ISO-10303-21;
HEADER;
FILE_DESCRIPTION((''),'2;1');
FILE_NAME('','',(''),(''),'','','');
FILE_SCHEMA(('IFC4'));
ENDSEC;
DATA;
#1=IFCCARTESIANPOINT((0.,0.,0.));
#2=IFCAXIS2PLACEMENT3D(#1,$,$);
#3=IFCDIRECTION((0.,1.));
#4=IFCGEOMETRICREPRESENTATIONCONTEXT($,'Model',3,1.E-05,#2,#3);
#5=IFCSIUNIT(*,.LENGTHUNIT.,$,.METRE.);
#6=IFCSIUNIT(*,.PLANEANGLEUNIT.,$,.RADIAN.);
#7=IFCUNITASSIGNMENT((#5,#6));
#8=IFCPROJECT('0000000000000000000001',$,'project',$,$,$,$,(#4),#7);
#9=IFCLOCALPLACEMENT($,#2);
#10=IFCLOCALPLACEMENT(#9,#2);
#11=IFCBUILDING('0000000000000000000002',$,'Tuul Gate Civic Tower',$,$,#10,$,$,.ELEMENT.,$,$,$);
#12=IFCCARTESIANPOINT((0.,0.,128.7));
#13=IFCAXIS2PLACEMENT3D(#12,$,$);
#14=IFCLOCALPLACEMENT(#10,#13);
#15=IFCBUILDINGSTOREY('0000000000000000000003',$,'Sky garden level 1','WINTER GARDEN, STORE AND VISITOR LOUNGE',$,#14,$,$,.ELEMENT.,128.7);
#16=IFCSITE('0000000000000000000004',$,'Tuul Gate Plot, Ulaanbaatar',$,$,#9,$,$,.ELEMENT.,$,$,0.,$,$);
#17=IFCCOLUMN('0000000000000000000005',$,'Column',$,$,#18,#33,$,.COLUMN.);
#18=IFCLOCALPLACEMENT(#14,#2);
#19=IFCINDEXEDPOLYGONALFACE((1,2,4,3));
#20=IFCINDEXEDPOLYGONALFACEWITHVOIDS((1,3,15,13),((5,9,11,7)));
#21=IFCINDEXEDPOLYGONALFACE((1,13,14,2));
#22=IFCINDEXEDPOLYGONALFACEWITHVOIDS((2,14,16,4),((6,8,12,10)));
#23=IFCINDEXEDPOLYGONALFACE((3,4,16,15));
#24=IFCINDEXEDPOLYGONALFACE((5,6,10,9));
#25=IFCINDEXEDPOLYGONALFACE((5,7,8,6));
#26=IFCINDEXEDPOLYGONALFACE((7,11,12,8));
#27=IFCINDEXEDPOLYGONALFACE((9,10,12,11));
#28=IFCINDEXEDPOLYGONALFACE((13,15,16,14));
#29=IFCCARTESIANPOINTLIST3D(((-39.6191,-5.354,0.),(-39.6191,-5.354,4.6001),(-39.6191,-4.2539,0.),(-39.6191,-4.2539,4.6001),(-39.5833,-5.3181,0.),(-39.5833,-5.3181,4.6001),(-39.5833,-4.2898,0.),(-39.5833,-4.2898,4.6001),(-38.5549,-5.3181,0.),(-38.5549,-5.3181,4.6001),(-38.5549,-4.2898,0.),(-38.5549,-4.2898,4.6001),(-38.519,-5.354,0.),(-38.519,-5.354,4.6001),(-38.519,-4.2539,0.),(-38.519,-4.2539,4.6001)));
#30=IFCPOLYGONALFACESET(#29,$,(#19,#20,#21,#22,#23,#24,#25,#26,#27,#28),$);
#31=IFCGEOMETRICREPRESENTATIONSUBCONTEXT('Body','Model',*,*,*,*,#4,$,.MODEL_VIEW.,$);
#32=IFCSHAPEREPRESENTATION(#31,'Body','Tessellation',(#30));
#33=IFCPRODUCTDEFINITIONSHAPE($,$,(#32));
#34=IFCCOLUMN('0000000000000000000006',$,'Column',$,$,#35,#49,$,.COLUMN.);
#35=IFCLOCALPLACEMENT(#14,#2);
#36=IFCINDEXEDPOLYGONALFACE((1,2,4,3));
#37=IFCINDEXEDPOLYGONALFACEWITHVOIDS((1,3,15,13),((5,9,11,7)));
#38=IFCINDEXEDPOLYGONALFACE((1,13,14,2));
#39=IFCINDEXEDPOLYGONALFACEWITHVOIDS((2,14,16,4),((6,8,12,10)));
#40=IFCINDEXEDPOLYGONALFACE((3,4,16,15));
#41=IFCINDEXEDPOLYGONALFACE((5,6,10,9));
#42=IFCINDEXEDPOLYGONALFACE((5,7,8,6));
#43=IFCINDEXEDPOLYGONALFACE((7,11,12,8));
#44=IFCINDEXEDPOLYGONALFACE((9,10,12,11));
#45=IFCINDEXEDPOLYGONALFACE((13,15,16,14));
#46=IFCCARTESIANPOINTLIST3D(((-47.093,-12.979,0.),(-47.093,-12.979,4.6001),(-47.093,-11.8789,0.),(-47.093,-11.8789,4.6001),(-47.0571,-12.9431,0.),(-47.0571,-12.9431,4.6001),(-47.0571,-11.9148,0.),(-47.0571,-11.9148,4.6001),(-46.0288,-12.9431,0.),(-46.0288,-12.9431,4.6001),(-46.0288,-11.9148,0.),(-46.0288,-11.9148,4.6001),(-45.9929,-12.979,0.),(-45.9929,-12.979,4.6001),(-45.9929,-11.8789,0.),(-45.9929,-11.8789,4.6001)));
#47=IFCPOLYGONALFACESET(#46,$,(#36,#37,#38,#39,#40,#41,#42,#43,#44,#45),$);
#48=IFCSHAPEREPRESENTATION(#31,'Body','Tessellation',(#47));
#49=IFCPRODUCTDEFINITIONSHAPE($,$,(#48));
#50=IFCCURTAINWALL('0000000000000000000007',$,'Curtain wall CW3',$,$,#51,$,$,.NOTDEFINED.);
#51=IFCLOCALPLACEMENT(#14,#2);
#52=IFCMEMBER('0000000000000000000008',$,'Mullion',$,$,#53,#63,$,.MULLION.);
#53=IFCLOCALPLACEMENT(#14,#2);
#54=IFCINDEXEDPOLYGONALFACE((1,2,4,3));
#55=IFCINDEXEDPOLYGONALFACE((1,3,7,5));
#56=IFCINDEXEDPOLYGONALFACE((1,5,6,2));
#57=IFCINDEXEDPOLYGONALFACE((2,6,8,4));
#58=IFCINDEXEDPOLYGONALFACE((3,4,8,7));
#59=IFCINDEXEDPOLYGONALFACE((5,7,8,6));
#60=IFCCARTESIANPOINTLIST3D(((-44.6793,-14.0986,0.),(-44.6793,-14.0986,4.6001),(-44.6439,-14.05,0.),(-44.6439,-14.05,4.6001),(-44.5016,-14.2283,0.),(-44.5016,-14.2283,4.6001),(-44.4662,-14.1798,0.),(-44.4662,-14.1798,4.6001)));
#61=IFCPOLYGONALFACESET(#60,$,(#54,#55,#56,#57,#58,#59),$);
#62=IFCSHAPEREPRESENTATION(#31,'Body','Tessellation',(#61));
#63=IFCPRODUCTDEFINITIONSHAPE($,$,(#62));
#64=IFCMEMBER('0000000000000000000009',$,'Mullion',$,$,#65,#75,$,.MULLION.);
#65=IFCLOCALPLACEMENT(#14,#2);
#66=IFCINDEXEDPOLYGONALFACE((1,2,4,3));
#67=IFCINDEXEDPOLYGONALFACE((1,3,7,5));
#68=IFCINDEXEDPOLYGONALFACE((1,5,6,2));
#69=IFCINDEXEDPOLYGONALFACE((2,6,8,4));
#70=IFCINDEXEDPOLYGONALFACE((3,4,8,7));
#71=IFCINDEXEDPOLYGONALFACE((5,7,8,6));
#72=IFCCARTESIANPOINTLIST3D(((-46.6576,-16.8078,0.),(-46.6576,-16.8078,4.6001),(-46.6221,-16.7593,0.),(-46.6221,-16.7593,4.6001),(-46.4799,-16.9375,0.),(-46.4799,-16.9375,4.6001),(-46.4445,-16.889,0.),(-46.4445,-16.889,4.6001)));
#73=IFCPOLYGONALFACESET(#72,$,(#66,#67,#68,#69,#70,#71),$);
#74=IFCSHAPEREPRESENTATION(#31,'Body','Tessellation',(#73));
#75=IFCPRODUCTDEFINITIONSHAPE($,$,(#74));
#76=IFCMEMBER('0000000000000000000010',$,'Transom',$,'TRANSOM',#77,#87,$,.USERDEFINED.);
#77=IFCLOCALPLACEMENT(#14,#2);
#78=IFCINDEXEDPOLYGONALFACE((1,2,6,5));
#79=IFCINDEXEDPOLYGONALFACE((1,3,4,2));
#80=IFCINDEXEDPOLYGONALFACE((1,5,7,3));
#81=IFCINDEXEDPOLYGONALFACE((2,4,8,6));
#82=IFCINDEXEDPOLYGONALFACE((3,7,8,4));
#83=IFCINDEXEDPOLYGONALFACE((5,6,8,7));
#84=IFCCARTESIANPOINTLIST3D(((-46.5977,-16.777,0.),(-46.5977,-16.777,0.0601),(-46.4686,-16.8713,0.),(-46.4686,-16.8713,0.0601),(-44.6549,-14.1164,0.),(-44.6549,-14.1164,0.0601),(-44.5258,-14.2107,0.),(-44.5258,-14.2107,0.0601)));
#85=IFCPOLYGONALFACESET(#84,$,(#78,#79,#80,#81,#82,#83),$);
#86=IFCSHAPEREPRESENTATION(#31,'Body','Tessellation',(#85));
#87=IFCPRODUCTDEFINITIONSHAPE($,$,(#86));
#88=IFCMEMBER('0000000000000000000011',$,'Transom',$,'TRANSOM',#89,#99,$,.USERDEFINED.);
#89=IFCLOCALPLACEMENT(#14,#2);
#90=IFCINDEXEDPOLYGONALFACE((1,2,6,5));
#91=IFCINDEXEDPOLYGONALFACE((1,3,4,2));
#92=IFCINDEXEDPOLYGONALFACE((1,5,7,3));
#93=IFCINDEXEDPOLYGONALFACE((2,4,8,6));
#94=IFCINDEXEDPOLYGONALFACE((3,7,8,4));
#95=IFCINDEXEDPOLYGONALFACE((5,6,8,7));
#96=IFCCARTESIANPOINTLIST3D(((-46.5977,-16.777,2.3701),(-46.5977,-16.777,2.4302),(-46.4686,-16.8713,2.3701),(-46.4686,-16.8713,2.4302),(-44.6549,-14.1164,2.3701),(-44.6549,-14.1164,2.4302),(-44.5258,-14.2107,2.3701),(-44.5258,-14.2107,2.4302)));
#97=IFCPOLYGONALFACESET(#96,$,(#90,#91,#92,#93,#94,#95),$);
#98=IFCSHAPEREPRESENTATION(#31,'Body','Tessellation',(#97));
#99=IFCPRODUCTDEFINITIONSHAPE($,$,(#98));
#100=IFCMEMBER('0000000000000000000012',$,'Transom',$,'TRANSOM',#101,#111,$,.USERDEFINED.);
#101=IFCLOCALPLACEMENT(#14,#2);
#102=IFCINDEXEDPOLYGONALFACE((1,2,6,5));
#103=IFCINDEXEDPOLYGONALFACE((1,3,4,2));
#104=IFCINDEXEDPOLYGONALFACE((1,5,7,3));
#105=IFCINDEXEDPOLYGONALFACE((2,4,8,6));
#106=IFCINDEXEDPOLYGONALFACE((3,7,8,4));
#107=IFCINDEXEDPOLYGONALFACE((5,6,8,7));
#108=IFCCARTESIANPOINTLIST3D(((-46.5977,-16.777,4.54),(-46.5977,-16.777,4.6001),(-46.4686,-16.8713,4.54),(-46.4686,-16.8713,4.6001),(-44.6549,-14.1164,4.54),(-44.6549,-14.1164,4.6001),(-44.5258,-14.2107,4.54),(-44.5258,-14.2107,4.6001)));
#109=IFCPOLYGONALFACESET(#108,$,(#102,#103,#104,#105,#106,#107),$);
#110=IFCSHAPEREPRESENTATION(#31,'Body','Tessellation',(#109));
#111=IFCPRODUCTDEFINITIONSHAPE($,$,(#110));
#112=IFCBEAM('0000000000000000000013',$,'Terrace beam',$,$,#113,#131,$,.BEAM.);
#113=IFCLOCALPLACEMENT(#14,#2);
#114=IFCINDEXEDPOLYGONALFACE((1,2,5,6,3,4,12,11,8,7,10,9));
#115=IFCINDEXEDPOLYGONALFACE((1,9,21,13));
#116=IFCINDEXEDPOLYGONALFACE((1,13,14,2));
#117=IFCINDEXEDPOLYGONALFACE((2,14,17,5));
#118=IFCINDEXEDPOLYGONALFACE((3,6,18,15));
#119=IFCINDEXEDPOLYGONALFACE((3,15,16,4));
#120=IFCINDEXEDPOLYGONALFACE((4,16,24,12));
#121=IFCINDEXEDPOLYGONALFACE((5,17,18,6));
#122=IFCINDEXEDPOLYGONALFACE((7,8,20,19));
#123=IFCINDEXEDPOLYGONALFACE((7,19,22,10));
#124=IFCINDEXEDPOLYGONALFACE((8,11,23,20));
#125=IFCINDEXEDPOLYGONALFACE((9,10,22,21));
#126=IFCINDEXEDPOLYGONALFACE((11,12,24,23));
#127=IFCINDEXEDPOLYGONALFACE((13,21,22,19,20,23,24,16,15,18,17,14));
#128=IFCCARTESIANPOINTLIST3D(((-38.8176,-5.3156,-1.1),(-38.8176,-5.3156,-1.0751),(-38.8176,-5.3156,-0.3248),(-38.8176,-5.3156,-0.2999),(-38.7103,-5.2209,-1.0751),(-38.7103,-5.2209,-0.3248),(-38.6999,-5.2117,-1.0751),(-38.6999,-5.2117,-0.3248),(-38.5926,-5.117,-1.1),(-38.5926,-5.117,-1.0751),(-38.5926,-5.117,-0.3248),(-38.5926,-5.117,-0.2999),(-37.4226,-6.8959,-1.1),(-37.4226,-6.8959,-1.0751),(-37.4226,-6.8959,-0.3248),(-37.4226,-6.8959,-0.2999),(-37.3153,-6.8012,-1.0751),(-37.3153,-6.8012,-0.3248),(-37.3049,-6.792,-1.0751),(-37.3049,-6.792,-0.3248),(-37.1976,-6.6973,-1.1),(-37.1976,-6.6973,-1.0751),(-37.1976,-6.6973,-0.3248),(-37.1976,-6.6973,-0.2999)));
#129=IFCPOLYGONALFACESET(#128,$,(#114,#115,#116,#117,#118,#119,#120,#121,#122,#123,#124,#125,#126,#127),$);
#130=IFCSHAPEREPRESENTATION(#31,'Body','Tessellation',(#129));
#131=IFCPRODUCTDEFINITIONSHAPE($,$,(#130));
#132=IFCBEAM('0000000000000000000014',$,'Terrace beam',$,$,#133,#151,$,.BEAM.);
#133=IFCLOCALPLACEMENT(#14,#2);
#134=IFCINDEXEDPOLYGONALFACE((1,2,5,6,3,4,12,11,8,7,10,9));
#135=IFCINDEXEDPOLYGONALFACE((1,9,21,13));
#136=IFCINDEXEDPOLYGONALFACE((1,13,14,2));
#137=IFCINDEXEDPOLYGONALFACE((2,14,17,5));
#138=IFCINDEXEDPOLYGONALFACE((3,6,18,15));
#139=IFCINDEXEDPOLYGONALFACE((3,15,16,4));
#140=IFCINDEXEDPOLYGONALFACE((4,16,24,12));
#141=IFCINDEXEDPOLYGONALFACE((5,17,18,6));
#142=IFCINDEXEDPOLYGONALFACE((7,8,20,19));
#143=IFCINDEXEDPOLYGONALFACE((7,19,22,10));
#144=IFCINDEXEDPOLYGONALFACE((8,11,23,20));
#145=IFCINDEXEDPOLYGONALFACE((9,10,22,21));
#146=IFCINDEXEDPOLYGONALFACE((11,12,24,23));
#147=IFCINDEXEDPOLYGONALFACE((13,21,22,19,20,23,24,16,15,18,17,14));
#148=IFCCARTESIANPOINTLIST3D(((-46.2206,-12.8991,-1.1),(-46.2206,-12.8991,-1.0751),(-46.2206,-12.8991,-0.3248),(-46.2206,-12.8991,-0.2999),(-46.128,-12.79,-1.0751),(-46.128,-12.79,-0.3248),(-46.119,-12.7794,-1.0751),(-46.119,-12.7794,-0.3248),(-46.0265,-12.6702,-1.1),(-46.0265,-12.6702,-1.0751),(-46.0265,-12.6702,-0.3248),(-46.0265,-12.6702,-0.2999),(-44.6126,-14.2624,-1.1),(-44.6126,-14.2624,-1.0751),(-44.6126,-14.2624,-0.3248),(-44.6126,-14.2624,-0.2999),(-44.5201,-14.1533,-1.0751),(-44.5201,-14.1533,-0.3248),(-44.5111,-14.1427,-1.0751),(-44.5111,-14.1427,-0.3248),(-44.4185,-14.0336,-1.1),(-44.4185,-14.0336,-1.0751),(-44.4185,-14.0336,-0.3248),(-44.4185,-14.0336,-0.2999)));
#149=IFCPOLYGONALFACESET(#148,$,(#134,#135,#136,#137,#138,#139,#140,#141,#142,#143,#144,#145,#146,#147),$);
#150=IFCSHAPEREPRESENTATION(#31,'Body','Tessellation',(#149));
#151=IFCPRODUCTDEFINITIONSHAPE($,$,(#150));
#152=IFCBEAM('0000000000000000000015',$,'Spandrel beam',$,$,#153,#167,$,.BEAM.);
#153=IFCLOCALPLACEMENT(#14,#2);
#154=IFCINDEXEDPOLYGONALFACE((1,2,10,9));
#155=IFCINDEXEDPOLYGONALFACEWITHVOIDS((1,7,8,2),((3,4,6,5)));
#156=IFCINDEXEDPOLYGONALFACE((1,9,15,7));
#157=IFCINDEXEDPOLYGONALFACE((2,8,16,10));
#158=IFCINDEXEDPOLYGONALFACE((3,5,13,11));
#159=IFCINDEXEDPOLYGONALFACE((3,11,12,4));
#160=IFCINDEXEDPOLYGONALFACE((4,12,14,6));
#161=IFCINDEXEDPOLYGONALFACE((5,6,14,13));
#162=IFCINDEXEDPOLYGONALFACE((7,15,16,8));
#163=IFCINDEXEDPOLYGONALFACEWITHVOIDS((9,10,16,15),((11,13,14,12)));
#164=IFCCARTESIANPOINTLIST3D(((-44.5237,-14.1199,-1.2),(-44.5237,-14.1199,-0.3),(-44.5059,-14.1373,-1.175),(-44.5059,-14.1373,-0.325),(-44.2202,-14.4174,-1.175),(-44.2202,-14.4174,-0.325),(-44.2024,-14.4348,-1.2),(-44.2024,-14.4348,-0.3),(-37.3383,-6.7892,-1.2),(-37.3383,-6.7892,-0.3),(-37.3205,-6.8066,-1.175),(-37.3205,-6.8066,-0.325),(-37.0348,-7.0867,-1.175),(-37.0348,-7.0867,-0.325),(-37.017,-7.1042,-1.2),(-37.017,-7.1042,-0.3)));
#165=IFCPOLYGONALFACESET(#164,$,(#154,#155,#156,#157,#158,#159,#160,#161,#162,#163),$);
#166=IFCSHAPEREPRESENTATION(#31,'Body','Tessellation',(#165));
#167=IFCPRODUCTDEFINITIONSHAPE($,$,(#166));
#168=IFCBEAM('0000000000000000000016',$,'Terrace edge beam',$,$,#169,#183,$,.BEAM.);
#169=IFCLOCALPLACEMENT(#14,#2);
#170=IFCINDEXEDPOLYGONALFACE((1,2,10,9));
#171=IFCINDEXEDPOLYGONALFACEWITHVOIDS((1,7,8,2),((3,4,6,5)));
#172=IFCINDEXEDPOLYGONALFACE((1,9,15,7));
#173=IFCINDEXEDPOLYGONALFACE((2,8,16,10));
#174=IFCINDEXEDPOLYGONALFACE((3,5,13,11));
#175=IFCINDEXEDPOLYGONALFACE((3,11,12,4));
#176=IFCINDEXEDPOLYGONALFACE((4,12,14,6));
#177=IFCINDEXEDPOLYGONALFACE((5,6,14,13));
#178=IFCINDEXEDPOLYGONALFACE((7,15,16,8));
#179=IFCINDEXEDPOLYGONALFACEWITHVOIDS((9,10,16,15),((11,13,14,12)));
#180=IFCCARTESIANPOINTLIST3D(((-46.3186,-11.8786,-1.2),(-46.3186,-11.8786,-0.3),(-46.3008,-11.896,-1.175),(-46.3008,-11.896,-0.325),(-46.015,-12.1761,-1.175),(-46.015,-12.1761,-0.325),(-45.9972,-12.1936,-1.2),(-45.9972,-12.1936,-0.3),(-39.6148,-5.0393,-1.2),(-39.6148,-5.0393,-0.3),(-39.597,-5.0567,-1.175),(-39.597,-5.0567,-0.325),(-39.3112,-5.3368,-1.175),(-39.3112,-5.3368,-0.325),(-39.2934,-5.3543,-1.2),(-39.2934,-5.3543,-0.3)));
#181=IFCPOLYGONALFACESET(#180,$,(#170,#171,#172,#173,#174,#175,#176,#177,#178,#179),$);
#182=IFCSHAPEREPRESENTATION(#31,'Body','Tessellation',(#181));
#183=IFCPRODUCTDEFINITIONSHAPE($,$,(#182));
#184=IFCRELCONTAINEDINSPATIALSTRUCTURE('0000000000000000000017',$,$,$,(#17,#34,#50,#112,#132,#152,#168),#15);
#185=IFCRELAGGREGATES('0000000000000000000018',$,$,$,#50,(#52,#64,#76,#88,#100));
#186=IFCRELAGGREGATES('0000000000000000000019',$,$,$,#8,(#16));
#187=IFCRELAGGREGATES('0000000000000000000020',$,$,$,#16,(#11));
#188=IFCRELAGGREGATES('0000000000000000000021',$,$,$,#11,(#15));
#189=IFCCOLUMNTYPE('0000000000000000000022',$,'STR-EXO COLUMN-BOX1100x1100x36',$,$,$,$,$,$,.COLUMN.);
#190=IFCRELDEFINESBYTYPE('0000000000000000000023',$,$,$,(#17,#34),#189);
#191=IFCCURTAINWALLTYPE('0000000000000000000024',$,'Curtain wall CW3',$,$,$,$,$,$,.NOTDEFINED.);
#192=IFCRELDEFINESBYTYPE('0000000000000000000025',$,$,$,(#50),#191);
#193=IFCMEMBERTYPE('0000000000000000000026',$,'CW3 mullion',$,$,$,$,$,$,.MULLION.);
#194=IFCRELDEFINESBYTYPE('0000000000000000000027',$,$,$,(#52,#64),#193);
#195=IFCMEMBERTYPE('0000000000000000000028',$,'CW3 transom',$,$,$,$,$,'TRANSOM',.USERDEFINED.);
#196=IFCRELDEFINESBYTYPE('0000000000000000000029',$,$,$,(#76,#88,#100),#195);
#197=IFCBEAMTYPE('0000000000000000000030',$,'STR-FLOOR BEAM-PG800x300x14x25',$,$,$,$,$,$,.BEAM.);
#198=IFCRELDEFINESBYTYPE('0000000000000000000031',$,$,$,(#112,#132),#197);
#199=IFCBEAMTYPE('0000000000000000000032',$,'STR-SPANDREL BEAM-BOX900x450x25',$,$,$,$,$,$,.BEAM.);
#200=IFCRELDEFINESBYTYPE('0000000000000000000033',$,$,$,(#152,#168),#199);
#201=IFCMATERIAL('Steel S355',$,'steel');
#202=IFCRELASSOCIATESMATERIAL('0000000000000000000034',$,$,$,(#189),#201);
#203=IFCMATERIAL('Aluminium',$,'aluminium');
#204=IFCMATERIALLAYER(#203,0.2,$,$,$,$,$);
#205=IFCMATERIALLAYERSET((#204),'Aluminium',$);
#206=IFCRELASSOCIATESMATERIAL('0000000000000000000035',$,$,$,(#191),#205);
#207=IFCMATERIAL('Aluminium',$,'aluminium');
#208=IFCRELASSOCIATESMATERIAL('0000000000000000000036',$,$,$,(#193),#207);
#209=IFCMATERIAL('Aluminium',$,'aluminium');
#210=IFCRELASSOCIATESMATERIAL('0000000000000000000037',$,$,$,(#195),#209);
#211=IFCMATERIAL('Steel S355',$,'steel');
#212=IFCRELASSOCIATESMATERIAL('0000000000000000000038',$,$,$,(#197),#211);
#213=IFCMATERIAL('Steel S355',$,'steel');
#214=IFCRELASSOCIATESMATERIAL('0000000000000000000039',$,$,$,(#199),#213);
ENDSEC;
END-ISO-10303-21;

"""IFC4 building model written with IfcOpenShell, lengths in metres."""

from ifc_helpers import new_model, si_unit, direction, frame, origin, origin_2d, place, context, subcontext, project, spatial, rectangle, hollow_rectangle, i_section, extrude, material, layer, layer_set, material_profile, profile_set, type_object, element, aggregate, save


model = new_model("IFC4")

# Units and contexts
model_context = context("Model", 3, precision=1e-05, world=origin(), true_north=direction((0.0, 1.0)))
body_context = subcontext(model_context, "Body", "Model", "MODEL_VIEW")
ifc_project = project(units=[si_unit("LENGTHUNIT", "METRE"), si_unit("PLANEANGLEUNIT", "RADIAN")], contexts=[model_context])

# Site, building, storey
site_placement = place(None, origin())
site = spatial("IfcSite", under=ifc_project, at=site_placement, Name="Tuul Gate Plot, Ulaanbaatar", CompositionType="ELEMENT", RefElevation=0.0)
building_placement = place(site_placement, origin())
building = spatial("IfcBuilding", under=site, at=building_placement, Name="Tuul Gate Civic Tower", CompositionType="ELEMENT")
storey_placement = place(building_placement, frame((0.0, 0.0, 128.7)))
storey = spatial("IfcBuildingStorey", under=building, at=storey_placement, Name="Sky garden level 1", Description="WINTER GARDEN, STORE AND VISITOR LOUNGE", CompositionType="ELEMENT", Elevation=128.7)

# Columns
ifc_material_1 = material(Name="Steel S355", Category="steel")
ifc_material_profile_1 = material_profile(ifc_material_1, hollow_rectangle(XDim=1.1001, YDim=1.1001, WallThickness=0.0359, at=origin_2d()), Name="BOX1100x1100x36")
ifc_profile_set_1 = profile_set([ifc_material_profile_1], Name="Steel S355")
column_type = type_object("IfcColumnType", Name="STR-EXO COLUMN-BOX1100x1100x36", PredefinedType="COLUMN", material=ifc_profile_set_1)
for number, where, z_axis, x_axis, name in (
    (1, (-39.0691, -4.804, 0.0), (0.0, 0.0, 1.0), (1.0, 0.0, 0.0), "Column"),
    (2, (-46.543, -12.429, 0.0), (0.0, 0.0, 1.0), (1.0, 0.0, 0.0), "Column"),
):
    element("IfcColumn", number, at=place(storey_placement, frame(where, z_axis=z_axis, x_axis=x_axis)), inside=storey, type_object=column_type, Name=name, PredefinedType="COLUMN", context=body_context, shape_type="SweptSolid", body=[
        extrude(hollow_rectangle(XDim=1.1001, YDim=1.1001, WallThickness=0.0359, at=origin_2d()), origin(), (0.0, 0.0, 1.0), 4.6001),
    ])

# Curtain wall, members
ifc_material_2 = material(Name="Aluminium", Category="aluminium")
ifc_layer_1 = layer(ifc_material_2, 0.2)
ifc_layer_set_1 = layer_set([ifc_layer_1], Name="Aluminium")
curtain_wall_type = type_object("IfcCurtainWallType", Name="Curtain wall CW3", PredefinedType="NOTDEFINED", material=ifc_layer_set_1)
curtain_wall_placement = place(storey_placement, origin())
curtain_wall = element("IfcCurtainWall", 3, at=curtain_wall_placement, inside=storey, type_object=curtain_wall_type, Name="Curtain wall CW3", PredefinedType="NOTDEFINED")
ifc_material_3 = material(Name="Aluminium", Category="aluminium")
ifc_material_profile_2 = material_profile(ifc_material_3, rectangle(XDim=0.22, YDim=0.0601, at=origin_2d()), Name="CW3 mullion")
ifc_profile_set_2 = profile_set([ifc_material_profile_2], Name="Aluminium")
member_type_1 = type_object("IfcMemberType", Name="CW3 mullion", PredefinedType="MULLION", material=ifc_profile_set_2)
member_1_placement = place(storey_placement, frame((-44.5728, -14.1392, 0.0), z_axis=(0.0, 0.0, 1.0), x_axis=(0.80761, -0.589717, 0.0)))
member_1 = element("IfcMember", 4, at=member_1_placement, type_object=member_type_1, Name="Mullion", PredefinedType="MULLION", context=body_context, shape_type="SweptSolid", body=[
    extrude(rectangle(XDim=0.22, YDim=0.0601, at=origin_2d()), origin(), (0.0, 0.0, 1.0), 4.6001),
])
member_2_placement = place(storey_placement, frame((-46.551, -16.8484, 0.0), z_axis=(0.0, 0.0, 1.0), x_axis=(0.80761, -0.589717, 0.0)))
member_2 = element("IfcMember", 5, at=member_2_placement, type_object=member_type_1, Name="Mullion", PredefinedType="MULLION", context=body_context, shape_type="SweptSolid", body=[
    extrude(rectangle(XDim=0.22, YDim=0.0601, at=origin_2d()), origin(), (0.0, 0.0, 1.0), 4.6001),
])
ifc_material_4 = material(Name="Aluminium", Category="aluminium")
ifc_material_profile_3 = material_profile(ifc_material_4, rectangle(XDim=0.1599, YDim=0.0601, at=origin_2d()), Name="CW3 transom")
ifc_profile_set_3 = profile_set([ifc_material_profile_3], Name="Aluminium")
member_type_2 = type_object("IfcMemberType", Name="CW3 transom", ElementType="TRANSOM", PredefinedType="USERDEFINED", material=ifc_profile_set_3)
member_3_placement = place(storey_placement, frame((-44.5903, -14.1636, 0.03), z_axis=(-0.58973, -0.8076, 0.0), x_axis=(0.8076, -0.58973, 0.0)))
member_3 = element("IfcMember", 6, at=member_3_placement, type_object=member_type_2, Name="Transom", ObjectType="TRANSOM", PredefinedType="USERDEFINED", context=body_context, shape_type="SweptSolid", body=[
    extrude(rectangle(XDim=0.1599, YDim=0.0601, at=origin_2d()), origin(), (0.0, 0.0, 1.0), 3.2944),
])
member_4_placement = place(storey_placement, frame((-44.5903, -14.1636, 2.4001), z_axis=(-0.58973, -0.8076, 0.0), x_axis=(0.8076, -0.58973, 0.0)))
member_4 = element("IfcMember", 7, at=member_4_placement, type_object=member_type_2, Name="Transom", ObjectType="TRANSOM", PredefinedType="USERDEFINED", context=body_context, shape_type="SweptSolid", body=[
    extrude(rectangle(XDim=0.1599, YDim=0.0601, at=origin_2d()), origin(), (0.0, 0.0, 1.0), 3.2944),
])
member_5_placement = place(storey_placement, frame((-44.5903, -14.1636, 4.5701), z_axis=(-0.58973, -0.8076, 0.0), x_axis=(0.8076, -0.58973, 0.0)))
member_5 = element("IfcMember", 8, at=member_5_placement, type_object=member_type_2, Name="Transom", ObjectType="TRANSOM", PredefinedType="USERDEFINED", context=body_context, shape_type="SweptSolid", body=[
    extrude(rectangle(XDim=0.1599, YDim=0.0601, at=origin_2d()), origin(), (0.0, 0.0, 1.0), 3.2944),
])

# Beams
ifc_material_5 = material(Name="Steel S355", Category="steel")
ifc_material_profile_4 = material_profile(ifc_material_5, i_section(OverallWidth=0.3, OverallDepth=0.8, WebThickness=0.0139, FlangeThickness=0.0249, at=origin_2d()), Name="PG800x300x14x25")
ifc_profile_set_4 = profile_set([ifc_material_profile_4], Name="Steel S355")
beam_type_1 = type_object("IfcBeamType", Name="STR-FLOOR BEAM-PG800x300x14x25", PredefinedType="BEAM", material=ifc_profile_set_4)
beam_1_placement = place(storey_placement, frame((-38.7051, -5.2163, -0.7), z_axis=(0.661786, -0.749693, 0.0), x_axis=(0.749693, 0.661786, 0.0)))
element("IfcBeam", 9, at=beam_1_placement, inside=storey, type_object=beam_type_1, Name="Terrace beam", PredefinedType="BEAM", context=body_context, shape_type="SweptSolid", body=[
    extrude(i_section(OverallWidth=0.3, OverallDepth=0.8, WebThickness=0.0139, FlangeThickness=0.0249, at=origin_2d()), origin(), (0.0, 0.0, 1.0), 2.1079),
])
beam_2_placement = place(storey_placement, frame((-46.1235, -12.7847, -0.7), z_axis=(0.762745, -0.6467, 0.0), x_axis=(0.6467, 0.762745, 0.0)))
element("IfcBeam", 10, at=beam_2_placement, inside=storey, type_object=beam_type_1, Name="Terrace beam", PredefinedType="BEAM", context=body_context, shape_type="SweptSolid", body=[
    extrude(i_section(OverallWidth=0.3, OverallDepth=0.8, WebThickness=0.0139, FlangeThickness=0.0249, at=origin_2d()), origin(), (0.0, 0.0, 1.0), 2.1082),
])
ifc_material_6 = material(Name="Steel S355", Category="steel")
ifc_material_profile_5 = material_profile(ifc_material_6, hollow_rectangle(XDim=0.45, YDim=0.8999, WallThickness=0.0249, at=origin_2d()), Name="BOX900x450x25")
ifc_profile_set_5 = profile_set([ifc_material_profile_5], Name="Steel S355")
beam_type_2 = type_object("IfcBeamType", Name="STR-SPANDREL BEAM-BOX900x450x25", PredefinedType="BEAM", material=ifc_profile_set_5)
beam_3_placement = place(storey_placement, frame((-44.363, -14.2773, -0.75), z_axis=(0.699996, 0.714147, 0.0), x_axis=(-0.714147, 0.699996, 0.0)))
element("IfcBeam", 11, at=beam_3_placement, inside=storey, type_object=beam_type_2, Name="Spandrel beam", PredefinedType="BEAM", context=body_context, shape_type="SweptSolid", body=[
    extrude(hollow_rectangle(XDim=0.45, YDim=0.8999, WallThickness=0.0249, at=origin_2d()), origin(), (0.0, 0.0, 1.0), 10.2649),
])
beam_4_placement = place(storey_placement, frame((-39.4541, -5.1968, -0.75), z_axis=(-0.699997, -0.714146, 0.0), x_axis=(0.714146, -0.699997, 0.0)))
element("IfcBeam", 12, at=beam_4_placement, inside=storey, type_object=beam_type_2, Name="Terrace edge beam", PredefinedType="BEAM", context=body_context, shape_type="SweptSolid", body=[
    extrude(hollow_rectangle(XDim=0.45, YDim=0.8999, WallThickness=0.0249, at=origin_2d()), origin(), (0.0, 0.0, 1.0), 9.5769),
])

aggregate(curtain_wall, [member_1, member_2, member_3, member_4, member_5])

save(model, "model.ifc")
